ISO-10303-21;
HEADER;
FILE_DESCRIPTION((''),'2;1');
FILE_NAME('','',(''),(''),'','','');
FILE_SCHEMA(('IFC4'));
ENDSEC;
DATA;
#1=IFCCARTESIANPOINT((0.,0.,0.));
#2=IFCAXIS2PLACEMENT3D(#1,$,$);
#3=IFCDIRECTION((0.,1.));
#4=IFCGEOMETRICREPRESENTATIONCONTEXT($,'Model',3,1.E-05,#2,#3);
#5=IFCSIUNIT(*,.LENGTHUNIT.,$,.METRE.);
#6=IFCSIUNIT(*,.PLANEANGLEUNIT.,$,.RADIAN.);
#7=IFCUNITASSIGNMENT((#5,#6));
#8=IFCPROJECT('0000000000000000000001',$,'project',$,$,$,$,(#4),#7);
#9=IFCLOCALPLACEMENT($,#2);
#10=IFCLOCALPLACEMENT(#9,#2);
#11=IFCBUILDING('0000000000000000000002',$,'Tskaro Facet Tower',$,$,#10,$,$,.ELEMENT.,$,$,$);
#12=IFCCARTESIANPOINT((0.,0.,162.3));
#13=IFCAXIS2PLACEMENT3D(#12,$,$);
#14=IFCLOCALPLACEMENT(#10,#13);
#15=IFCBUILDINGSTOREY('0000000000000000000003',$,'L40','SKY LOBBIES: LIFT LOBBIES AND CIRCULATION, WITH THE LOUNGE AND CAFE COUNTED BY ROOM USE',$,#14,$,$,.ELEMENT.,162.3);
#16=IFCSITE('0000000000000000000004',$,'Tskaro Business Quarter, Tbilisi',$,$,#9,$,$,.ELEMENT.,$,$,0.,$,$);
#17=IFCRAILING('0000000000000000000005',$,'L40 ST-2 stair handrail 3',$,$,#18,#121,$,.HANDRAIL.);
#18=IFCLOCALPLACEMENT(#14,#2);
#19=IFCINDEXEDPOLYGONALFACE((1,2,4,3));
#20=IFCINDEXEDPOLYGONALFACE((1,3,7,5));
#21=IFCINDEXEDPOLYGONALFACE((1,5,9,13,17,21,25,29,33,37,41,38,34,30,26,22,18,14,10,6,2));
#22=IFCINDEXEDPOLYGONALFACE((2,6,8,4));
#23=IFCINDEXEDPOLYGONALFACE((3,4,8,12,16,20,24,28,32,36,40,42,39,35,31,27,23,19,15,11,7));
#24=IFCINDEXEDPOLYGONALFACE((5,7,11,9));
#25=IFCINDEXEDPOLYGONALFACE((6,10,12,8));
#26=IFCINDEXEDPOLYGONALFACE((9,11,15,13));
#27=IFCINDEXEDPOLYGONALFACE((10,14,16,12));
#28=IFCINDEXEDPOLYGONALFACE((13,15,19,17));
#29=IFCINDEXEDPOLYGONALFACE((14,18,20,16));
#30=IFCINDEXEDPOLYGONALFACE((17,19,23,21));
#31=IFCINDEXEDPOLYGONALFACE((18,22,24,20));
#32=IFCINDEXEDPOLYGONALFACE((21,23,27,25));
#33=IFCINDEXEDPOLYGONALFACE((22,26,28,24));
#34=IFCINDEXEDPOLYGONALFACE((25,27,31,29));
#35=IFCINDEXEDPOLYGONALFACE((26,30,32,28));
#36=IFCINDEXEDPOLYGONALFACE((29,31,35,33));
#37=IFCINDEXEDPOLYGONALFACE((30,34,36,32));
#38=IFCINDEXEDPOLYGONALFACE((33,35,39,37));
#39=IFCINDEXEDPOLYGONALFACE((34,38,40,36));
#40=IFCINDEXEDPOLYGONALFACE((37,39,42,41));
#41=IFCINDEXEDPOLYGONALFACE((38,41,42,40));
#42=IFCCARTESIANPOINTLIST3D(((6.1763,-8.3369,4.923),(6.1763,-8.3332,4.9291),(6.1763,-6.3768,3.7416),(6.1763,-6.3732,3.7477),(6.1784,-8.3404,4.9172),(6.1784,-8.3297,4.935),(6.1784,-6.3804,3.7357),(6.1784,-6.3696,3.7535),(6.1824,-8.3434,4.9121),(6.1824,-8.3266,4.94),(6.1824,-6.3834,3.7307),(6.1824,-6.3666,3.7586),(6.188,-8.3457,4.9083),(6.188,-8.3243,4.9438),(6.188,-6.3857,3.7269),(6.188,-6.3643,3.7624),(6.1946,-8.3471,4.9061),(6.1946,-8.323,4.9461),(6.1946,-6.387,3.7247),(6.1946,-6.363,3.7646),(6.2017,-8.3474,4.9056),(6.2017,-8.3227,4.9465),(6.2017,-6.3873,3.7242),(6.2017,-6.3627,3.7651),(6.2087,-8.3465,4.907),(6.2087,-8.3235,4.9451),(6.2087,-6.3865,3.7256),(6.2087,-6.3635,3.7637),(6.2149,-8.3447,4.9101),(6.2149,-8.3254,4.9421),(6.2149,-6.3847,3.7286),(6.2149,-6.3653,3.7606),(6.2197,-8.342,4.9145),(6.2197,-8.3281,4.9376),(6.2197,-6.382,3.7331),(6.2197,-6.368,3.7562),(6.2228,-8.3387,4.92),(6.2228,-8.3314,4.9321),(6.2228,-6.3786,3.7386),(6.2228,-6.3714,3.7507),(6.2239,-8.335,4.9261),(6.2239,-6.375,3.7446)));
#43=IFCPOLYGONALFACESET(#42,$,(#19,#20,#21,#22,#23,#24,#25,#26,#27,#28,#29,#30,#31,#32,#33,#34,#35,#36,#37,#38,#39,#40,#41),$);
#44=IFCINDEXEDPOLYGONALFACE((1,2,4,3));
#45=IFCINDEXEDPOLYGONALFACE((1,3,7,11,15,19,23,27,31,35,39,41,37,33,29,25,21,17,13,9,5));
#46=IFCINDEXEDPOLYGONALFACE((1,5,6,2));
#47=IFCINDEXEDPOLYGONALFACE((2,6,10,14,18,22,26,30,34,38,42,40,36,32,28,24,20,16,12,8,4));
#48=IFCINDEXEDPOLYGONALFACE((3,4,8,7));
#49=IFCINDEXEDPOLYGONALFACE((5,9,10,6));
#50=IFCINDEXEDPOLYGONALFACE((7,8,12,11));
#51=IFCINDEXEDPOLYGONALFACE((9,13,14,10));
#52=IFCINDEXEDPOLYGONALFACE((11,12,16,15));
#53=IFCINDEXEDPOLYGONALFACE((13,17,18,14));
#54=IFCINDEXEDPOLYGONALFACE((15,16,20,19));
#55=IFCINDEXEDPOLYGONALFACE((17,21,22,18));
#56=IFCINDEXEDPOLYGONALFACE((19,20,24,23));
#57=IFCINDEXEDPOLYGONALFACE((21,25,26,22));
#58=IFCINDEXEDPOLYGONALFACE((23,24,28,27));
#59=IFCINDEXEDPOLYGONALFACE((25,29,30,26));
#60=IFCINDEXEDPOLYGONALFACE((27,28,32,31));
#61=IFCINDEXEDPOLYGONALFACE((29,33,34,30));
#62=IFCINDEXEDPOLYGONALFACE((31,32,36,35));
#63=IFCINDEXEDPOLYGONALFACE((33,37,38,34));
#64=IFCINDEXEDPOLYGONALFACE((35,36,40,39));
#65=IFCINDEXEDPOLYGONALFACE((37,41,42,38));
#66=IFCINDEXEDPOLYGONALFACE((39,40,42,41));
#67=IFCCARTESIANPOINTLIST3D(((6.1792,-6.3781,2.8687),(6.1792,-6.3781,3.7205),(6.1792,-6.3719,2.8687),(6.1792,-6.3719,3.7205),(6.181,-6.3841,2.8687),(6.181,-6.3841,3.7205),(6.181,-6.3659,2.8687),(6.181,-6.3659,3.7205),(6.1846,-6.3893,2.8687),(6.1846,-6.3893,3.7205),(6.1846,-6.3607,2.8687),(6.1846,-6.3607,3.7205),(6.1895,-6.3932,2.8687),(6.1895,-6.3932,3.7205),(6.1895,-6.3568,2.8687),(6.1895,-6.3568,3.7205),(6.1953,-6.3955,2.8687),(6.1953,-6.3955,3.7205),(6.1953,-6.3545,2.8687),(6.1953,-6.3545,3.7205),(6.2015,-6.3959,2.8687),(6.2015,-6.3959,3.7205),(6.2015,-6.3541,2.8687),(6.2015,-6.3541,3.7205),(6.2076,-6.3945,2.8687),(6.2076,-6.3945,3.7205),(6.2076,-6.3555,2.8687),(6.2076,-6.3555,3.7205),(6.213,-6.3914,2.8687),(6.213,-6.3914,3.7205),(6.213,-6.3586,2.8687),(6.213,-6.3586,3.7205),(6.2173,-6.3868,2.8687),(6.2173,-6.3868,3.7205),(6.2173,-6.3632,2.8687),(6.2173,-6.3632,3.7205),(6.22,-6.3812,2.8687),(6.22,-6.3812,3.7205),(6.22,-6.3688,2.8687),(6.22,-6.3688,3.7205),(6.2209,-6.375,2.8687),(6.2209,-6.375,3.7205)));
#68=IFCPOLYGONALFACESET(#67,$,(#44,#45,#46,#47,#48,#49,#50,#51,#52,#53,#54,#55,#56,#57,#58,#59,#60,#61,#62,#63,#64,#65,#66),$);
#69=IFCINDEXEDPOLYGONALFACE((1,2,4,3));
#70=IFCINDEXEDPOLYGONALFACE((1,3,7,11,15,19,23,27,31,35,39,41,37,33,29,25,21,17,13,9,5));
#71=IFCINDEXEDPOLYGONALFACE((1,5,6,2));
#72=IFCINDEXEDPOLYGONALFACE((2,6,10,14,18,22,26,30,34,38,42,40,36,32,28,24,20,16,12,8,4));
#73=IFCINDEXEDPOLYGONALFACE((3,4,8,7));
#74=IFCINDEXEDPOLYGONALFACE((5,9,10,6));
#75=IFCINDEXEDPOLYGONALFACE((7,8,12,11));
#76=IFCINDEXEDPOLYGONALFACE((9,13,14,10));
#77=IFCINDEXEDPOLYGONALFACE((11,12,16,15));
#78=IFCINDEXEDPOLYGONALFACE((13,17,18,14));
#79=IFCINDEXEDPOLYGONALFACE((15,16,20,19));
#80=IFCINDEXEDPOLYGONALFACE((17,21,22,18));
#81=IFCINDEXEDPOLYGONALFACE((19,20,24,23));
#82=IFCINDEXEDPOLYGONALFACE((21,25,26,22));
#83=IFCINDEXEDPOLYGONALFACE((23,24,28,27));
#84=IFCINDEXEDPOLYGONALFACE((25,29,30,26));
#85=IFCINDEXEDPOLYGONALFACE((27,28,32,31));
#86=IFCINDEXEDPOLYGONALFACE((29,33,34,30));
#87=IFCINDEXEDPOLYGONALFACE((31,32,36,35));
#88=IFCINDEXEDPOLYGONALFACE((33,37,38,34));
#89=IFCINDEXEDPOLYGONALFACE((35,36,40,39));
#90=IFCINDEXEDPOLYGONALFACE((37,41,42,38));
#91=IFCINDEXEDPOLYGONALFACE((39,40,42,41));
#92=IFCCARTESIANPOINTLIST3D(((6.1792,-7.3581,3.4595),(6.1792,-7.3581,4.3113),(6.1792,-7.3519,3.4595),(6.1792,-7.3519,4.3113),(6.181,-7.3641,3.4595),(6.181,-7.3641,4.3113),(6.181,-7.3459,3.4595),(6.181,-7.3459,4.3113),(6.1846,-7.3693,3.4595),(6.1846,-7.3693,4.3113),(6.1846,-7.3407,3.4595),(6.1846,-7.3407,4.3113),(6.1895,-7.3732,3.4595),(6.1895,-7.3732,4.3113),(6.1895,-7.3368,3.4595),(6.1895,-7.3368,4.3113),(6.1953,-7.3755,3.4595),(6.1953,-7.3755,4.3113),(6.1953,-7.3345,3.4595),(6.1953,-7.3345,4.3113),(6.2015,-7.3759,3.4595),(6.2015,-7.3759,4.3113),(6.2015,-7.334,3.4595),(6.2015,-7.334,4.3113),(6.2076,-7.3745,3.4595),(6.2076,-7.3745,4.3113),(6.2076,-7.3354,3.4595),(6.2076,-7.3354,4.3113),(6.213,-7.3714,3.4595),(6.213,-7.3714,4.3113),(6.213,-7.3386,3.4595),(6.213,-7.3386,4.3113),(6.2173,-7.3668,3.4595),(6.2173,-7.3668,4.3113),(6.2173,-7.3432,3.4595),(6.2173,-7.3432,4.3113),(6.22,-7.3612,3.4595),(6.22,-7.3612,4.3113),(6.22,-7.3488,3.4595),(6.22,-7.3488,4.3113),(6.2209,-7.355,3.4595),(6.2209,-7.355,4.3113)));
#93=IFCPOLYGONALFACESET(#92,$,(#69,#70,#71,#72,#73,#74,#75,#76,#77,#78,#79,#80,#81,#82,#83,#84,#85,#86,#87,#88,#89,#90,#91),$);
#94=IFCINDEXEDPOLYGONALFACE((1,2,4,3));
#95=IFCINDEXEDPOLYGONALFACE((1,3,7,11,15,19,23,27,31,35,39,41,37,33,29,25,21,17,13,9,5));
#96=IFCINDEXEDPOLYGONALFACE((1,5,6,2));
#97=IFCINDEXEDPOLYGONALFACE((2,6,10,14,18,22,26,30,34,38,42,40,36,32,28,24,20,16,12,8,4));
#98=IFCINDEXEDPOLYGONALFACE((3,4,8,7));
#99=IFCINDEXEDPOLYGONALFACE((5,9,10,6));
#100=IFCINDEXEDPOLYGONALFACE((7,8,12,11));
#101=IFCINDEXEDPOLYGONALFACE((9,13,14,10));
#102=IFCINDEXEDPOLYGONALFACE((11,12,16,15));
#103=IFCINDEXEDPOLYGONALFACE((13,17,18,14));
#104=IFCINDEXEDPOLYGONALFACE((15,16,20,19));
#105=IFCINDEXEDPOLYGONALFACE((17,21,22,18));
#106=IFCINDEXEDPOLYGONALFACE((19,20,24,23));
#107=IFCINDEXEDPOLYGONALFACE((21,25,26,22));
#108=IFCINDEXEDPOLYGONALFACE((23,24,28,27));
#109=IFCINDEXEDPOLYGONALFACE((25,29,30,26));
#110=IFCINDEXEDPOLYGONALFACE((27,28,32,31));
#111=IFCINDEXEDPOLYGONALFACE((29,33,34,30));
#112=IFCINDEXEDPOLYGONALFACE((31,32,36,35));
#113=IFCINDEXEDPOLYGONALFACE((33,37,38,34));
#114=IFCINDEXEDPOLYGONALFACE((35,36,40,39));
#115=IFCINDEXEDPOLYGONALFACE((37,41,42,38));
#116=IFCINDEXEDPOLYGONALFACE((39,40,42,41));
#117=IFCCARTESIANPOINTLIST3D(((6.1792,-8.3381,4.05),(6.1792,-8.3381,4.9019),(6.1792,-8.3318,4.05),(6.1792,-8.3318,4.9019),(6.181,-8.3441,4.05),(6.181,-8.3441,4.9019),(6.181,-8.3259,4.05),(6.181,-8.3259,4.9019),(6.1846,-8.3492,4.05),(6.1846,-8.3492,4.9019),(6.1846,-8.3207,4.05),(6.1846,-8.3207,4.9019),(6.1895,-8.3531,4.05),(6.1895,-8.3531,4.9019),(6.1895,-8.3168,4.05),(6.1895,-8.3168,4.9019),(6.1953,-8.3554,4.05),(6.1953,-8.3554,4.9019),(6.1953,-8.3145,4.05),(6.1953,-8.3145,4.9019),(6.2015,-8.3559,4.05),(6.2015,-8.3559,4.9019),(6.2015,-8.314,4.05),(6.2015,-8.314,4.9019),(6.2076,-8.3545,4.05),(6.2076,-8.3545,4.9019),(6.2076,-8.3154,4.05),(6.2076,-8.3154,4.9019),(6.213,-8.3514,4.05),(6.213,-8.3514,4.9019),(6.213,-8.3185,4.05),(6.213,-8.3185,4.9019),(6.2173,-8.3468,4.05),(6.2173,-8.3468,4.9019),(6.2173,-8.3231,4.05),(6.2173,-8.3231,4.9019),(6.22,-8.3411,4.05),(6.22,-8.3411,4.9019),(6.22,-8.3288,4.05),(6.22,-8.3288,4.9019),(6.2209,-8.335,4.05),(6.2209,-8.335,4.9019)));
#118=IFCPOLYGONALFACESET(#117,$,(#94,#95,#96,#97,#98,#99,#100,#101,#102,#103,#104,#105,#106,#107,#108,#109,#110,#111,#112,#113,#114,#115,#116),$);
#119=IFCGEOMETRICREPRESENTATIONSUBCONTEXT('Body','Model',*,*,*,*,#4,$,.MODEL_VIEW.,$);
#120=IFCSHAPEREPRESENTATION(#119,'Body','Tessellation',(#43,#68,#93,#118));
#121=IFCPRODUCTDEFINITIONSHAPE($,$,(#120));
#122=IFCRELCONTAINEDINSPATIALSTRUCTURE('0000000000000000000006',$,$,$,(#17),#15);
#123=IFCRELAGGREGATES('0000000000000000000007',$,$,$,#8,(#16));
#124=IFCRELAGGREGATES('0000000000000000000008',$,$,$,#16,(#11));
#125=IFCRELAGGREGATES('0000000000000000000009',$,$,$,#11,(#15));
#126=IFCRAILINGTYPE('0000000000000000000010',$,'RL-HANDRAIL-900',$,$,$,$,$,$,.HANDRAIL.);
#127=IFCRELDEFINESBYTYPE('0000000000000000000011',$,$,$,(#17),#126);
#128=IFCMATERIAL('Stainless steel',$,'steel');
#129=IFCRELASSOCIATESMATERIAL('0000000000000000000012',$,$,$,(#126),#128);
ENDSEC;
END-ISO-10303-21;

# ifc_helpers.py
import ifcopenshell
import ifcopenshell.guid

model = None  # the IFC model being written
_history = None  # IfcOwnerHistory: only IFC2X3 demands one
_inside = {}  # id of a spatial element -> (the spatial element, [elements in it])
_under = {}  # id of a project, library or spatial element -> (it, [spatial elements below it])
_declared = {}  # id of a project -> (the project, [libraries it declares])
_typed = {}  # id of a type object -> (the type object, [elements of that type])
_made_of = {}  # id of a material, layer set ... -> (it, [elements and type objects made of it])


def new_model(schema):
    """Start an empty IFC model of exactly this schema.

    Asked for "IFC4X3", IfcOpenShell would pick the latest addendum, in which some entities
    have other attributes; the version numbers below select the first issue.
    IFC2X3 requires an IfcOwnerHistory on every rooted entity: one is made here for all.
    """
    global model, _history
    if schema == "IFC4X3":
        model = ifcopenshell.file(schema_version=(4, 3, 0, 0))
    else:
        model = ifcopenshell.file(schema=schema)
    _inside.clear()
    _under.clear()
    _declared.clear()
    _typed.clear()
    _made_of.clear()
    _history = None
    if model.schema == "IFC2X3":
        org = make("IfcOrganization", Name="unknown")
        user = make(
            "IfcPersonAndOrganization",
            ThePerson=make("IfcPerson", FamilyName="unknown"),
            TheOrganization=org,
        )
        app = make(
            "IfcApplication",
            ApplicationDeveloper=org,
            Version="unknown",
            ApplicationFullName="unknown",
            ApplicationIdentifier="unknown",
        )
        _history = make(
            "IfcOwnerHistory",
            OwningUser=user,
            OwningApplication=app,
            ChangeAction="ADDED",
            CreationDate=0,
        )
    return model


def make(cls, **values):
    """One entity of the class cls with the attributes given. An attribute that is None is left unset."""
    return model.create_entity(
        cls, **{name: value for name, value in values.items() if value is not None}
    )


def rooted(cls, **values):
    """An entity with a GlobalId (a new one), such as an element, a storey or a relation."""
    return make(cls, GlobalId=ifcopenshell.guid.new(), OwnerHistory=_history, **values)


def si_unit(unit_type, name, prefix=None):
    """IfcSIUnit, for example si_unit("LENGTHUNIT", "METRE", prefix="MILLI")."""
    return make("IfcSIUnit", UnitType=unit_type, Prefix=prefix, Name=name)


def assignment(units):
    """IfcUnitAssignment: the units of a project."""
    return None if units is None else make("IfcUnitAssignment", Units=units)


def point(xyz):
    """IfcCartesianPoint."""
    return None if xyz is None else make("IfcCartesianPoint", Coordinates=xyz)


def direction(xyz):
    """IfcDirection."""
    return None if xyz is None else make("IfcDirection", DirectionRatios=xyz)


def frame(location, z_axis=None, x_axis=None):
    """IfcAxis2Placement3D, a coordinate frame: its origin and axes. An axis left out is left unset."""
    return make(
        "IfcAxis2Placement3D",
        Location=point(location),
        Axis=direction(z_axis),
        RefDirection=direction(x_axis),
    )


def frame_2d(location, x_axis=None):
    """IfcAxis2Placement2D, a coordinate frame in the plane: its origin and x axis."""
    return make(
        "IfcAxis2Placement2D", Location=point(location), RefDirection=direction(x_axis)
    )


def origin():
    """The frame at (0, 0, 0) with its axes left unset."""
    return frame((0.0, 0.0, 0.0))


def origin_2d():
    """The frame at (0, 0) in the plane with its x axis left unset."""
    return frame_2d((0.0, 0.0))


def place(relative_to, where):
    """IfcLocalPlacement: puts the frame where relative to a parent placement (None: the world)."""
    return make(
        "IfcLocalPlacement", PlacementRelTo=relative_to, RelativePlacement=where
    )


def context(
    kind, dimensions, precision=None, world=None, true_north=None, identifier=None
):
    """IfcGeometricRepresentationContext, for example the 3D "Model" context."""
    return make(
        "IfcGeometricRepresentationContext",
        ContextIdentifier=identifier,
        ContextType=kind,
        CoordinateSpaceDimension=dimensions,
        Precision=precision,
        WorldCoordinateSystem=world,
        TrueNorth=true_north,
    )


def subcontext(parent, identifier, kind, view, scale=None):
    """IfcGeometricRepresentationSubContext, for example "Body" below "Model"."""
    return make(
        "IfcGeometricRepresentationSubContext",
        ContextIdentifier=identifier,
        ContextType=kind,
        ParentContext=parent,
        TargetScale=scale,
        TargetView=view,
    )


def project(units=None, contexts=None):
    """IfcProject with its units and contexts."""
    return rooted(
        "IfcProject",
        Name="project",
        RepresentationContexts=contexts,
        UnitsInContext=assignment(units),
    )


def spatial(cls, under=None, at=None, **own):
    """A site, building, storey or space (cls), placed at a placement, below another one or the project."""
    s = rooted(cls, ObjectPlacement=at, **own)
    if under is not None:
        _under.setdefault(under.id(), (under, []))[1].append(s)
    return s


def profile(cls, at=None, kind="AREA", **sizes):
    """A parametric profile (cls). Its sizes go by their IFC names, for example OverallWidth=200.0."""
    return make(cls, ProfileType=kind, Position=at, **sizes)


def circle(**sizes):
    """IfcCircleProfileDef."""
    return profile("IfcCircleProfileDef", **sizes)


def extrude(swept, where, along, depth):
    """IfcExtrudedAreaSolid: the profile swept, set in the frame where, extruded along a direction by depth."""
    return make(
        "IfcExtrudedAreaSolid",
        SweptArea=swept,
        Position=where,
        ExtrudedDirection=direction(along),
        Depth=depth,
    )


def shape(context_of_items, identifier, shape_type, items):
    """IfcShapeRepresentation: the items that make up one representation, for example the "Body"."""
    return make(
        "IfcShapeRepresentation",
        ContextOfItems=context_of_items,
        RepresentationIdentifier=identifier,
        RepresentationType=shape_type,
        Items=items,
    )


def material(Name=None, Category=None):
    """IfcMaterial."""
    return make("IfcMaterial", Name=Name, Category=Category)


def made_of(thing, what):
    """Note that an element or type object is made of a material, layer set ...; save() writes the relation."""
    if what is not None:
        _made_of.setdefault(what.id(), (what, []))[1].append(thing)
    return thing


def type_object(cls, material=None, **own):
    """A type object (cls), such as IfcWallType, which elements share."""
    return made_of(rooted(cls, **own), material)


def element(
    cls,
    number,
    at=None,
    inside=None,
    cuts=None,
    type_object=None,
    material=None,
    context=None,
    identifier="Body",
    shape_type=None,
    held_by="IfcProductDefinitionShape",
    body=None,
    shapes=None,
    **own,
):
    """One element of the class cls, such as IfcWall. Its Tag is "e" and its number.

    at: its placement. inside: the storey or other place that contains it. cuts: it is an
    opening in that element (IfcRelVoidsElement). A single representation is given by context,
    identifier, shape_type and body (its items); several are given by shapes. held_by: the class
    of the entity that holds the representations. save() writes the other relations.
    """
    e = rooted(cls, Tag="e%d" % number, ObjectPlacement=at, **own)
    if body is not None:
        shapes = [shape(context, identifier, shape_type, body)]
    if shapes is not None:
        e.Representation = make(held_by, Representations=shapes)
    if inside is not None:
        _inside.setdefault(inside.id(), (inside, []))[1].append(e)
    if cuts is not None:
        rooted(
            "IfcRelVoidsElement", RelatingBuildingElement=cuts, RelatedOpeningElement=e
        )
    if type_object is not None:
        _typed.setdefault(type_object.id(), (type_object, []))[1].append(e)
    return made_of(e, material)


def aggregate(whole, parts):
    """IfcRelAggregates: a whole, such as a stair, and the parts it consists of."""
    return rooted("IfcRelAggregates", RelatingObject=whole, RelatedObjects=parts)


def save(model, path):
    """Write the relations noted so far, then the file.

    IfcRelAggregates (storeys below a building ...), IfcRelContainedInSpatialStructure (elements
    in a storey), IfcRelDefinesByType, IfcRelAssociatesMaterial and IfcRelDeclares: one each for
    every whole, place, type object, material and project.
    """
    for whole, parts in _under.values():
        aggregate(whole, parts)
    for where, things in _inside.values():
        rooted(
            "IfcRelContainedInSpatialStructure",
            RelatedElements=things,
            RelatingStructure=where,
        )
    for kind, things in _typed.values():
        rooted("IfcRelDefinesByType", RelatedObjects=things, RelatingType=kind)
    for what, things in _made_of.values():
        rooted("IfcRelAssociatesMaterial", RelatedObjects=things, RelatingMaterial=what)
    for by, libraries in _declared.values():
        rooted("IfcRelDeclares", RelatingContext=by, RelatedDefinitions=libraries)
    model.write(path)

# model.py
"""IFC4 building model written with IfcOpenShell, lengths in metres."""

from ifc_helpers import new_model, si_unit, direction, frame, origin, origin_2d, place, context, subcontext, project, spatial, circle, extrude, material, type_object, element, save


model = new_model("IFC4")

# Units and contexts
model_context = context("Model", 3, precision=1e-05, world=origin(), true_north=direction((0.0, 1.0)))
body_context = subcontext(model_context, "Body", "Model", "MODEL_VIEW")
ifc_project = project(units=[si_unit("LENGTHUNIT", "METRE"), si_unit("PLANEANGLEUNIT", "RADIAN")], contexts=[model_context])

# Site, building, storey
site_placement = place(None, origin())
site = spatial("IfcSite", under=ifc_project, at=site_placement, Name="Tskaro Business Quarter, Tbilisi", CompositionType="ELEMENT", RefElevation=0.0)
building_placement = place(site_placement, origin())
building = spatial("IfcBuilding", under=site, at=building_placement, Name="Tskaro Facet Tower", CompositionType="ELEMENT")
storey_placement = place(building_placement, frame((0.0, 0.0, 162.3)))
storey = spatial("IfcBuildingStorey", under=building, at=storey_placement, Name="L40", Description="SKY LOBBIES: LIFT LOBBIES AND CIRCULATION, WITH THE LOUNGE AND CAFE COUNTED BY ROOM USE", CompositionType="ELEMENT", Elevation=162.3)

# Shared definitions
ifc_material_1 = material(Name="Stainless steel", Category="steel")

# Railing
railing_type_1 = type_object("IfcRailingType", Name="RL-HANDRAIL-900", PredefinedType="HANDRAIL", material=ifc_material_1)
railing_1_placement = place(storey_placement, frame((6.2, -6.375, 2.8687)))
element("IfcRailing", 1, at=railing_1_placement, inside=storey, type_object=railing_type_1, Name="L40 ST-2 stair handrail 3", PredefinedType="HANDRAIL", context=body_context, shape_type="SweptSolid", body=[
    extrude(circle(Radius=0.0239, at=origin_2d()), frame((0.0, 0.0, 0.876), z_axis=(0.0, -0.856446, 0.516236), x_axis=(1.0, 0.0, 0.0)), (0.0, 0.0, 1.0), 2.2886),
    extrude(circle(Radius=0.021, at=origin_2d()), origin(), (0.0, 0.0, 1.0), 0.8518),
    extrude(circle(Radius=0.021, at=origin_2d()), frame((0.0, -0.98, 0.5908)), (0.0, 0.0, 1.0), 0.8518),
    extrude(circle(Radius=0.021, at=origin_2d()), frame((0.0, -1.96, 1.1814)), (0.0, 0.0, 1.0), 0.8518),
])

save(model, "model.ifc")
